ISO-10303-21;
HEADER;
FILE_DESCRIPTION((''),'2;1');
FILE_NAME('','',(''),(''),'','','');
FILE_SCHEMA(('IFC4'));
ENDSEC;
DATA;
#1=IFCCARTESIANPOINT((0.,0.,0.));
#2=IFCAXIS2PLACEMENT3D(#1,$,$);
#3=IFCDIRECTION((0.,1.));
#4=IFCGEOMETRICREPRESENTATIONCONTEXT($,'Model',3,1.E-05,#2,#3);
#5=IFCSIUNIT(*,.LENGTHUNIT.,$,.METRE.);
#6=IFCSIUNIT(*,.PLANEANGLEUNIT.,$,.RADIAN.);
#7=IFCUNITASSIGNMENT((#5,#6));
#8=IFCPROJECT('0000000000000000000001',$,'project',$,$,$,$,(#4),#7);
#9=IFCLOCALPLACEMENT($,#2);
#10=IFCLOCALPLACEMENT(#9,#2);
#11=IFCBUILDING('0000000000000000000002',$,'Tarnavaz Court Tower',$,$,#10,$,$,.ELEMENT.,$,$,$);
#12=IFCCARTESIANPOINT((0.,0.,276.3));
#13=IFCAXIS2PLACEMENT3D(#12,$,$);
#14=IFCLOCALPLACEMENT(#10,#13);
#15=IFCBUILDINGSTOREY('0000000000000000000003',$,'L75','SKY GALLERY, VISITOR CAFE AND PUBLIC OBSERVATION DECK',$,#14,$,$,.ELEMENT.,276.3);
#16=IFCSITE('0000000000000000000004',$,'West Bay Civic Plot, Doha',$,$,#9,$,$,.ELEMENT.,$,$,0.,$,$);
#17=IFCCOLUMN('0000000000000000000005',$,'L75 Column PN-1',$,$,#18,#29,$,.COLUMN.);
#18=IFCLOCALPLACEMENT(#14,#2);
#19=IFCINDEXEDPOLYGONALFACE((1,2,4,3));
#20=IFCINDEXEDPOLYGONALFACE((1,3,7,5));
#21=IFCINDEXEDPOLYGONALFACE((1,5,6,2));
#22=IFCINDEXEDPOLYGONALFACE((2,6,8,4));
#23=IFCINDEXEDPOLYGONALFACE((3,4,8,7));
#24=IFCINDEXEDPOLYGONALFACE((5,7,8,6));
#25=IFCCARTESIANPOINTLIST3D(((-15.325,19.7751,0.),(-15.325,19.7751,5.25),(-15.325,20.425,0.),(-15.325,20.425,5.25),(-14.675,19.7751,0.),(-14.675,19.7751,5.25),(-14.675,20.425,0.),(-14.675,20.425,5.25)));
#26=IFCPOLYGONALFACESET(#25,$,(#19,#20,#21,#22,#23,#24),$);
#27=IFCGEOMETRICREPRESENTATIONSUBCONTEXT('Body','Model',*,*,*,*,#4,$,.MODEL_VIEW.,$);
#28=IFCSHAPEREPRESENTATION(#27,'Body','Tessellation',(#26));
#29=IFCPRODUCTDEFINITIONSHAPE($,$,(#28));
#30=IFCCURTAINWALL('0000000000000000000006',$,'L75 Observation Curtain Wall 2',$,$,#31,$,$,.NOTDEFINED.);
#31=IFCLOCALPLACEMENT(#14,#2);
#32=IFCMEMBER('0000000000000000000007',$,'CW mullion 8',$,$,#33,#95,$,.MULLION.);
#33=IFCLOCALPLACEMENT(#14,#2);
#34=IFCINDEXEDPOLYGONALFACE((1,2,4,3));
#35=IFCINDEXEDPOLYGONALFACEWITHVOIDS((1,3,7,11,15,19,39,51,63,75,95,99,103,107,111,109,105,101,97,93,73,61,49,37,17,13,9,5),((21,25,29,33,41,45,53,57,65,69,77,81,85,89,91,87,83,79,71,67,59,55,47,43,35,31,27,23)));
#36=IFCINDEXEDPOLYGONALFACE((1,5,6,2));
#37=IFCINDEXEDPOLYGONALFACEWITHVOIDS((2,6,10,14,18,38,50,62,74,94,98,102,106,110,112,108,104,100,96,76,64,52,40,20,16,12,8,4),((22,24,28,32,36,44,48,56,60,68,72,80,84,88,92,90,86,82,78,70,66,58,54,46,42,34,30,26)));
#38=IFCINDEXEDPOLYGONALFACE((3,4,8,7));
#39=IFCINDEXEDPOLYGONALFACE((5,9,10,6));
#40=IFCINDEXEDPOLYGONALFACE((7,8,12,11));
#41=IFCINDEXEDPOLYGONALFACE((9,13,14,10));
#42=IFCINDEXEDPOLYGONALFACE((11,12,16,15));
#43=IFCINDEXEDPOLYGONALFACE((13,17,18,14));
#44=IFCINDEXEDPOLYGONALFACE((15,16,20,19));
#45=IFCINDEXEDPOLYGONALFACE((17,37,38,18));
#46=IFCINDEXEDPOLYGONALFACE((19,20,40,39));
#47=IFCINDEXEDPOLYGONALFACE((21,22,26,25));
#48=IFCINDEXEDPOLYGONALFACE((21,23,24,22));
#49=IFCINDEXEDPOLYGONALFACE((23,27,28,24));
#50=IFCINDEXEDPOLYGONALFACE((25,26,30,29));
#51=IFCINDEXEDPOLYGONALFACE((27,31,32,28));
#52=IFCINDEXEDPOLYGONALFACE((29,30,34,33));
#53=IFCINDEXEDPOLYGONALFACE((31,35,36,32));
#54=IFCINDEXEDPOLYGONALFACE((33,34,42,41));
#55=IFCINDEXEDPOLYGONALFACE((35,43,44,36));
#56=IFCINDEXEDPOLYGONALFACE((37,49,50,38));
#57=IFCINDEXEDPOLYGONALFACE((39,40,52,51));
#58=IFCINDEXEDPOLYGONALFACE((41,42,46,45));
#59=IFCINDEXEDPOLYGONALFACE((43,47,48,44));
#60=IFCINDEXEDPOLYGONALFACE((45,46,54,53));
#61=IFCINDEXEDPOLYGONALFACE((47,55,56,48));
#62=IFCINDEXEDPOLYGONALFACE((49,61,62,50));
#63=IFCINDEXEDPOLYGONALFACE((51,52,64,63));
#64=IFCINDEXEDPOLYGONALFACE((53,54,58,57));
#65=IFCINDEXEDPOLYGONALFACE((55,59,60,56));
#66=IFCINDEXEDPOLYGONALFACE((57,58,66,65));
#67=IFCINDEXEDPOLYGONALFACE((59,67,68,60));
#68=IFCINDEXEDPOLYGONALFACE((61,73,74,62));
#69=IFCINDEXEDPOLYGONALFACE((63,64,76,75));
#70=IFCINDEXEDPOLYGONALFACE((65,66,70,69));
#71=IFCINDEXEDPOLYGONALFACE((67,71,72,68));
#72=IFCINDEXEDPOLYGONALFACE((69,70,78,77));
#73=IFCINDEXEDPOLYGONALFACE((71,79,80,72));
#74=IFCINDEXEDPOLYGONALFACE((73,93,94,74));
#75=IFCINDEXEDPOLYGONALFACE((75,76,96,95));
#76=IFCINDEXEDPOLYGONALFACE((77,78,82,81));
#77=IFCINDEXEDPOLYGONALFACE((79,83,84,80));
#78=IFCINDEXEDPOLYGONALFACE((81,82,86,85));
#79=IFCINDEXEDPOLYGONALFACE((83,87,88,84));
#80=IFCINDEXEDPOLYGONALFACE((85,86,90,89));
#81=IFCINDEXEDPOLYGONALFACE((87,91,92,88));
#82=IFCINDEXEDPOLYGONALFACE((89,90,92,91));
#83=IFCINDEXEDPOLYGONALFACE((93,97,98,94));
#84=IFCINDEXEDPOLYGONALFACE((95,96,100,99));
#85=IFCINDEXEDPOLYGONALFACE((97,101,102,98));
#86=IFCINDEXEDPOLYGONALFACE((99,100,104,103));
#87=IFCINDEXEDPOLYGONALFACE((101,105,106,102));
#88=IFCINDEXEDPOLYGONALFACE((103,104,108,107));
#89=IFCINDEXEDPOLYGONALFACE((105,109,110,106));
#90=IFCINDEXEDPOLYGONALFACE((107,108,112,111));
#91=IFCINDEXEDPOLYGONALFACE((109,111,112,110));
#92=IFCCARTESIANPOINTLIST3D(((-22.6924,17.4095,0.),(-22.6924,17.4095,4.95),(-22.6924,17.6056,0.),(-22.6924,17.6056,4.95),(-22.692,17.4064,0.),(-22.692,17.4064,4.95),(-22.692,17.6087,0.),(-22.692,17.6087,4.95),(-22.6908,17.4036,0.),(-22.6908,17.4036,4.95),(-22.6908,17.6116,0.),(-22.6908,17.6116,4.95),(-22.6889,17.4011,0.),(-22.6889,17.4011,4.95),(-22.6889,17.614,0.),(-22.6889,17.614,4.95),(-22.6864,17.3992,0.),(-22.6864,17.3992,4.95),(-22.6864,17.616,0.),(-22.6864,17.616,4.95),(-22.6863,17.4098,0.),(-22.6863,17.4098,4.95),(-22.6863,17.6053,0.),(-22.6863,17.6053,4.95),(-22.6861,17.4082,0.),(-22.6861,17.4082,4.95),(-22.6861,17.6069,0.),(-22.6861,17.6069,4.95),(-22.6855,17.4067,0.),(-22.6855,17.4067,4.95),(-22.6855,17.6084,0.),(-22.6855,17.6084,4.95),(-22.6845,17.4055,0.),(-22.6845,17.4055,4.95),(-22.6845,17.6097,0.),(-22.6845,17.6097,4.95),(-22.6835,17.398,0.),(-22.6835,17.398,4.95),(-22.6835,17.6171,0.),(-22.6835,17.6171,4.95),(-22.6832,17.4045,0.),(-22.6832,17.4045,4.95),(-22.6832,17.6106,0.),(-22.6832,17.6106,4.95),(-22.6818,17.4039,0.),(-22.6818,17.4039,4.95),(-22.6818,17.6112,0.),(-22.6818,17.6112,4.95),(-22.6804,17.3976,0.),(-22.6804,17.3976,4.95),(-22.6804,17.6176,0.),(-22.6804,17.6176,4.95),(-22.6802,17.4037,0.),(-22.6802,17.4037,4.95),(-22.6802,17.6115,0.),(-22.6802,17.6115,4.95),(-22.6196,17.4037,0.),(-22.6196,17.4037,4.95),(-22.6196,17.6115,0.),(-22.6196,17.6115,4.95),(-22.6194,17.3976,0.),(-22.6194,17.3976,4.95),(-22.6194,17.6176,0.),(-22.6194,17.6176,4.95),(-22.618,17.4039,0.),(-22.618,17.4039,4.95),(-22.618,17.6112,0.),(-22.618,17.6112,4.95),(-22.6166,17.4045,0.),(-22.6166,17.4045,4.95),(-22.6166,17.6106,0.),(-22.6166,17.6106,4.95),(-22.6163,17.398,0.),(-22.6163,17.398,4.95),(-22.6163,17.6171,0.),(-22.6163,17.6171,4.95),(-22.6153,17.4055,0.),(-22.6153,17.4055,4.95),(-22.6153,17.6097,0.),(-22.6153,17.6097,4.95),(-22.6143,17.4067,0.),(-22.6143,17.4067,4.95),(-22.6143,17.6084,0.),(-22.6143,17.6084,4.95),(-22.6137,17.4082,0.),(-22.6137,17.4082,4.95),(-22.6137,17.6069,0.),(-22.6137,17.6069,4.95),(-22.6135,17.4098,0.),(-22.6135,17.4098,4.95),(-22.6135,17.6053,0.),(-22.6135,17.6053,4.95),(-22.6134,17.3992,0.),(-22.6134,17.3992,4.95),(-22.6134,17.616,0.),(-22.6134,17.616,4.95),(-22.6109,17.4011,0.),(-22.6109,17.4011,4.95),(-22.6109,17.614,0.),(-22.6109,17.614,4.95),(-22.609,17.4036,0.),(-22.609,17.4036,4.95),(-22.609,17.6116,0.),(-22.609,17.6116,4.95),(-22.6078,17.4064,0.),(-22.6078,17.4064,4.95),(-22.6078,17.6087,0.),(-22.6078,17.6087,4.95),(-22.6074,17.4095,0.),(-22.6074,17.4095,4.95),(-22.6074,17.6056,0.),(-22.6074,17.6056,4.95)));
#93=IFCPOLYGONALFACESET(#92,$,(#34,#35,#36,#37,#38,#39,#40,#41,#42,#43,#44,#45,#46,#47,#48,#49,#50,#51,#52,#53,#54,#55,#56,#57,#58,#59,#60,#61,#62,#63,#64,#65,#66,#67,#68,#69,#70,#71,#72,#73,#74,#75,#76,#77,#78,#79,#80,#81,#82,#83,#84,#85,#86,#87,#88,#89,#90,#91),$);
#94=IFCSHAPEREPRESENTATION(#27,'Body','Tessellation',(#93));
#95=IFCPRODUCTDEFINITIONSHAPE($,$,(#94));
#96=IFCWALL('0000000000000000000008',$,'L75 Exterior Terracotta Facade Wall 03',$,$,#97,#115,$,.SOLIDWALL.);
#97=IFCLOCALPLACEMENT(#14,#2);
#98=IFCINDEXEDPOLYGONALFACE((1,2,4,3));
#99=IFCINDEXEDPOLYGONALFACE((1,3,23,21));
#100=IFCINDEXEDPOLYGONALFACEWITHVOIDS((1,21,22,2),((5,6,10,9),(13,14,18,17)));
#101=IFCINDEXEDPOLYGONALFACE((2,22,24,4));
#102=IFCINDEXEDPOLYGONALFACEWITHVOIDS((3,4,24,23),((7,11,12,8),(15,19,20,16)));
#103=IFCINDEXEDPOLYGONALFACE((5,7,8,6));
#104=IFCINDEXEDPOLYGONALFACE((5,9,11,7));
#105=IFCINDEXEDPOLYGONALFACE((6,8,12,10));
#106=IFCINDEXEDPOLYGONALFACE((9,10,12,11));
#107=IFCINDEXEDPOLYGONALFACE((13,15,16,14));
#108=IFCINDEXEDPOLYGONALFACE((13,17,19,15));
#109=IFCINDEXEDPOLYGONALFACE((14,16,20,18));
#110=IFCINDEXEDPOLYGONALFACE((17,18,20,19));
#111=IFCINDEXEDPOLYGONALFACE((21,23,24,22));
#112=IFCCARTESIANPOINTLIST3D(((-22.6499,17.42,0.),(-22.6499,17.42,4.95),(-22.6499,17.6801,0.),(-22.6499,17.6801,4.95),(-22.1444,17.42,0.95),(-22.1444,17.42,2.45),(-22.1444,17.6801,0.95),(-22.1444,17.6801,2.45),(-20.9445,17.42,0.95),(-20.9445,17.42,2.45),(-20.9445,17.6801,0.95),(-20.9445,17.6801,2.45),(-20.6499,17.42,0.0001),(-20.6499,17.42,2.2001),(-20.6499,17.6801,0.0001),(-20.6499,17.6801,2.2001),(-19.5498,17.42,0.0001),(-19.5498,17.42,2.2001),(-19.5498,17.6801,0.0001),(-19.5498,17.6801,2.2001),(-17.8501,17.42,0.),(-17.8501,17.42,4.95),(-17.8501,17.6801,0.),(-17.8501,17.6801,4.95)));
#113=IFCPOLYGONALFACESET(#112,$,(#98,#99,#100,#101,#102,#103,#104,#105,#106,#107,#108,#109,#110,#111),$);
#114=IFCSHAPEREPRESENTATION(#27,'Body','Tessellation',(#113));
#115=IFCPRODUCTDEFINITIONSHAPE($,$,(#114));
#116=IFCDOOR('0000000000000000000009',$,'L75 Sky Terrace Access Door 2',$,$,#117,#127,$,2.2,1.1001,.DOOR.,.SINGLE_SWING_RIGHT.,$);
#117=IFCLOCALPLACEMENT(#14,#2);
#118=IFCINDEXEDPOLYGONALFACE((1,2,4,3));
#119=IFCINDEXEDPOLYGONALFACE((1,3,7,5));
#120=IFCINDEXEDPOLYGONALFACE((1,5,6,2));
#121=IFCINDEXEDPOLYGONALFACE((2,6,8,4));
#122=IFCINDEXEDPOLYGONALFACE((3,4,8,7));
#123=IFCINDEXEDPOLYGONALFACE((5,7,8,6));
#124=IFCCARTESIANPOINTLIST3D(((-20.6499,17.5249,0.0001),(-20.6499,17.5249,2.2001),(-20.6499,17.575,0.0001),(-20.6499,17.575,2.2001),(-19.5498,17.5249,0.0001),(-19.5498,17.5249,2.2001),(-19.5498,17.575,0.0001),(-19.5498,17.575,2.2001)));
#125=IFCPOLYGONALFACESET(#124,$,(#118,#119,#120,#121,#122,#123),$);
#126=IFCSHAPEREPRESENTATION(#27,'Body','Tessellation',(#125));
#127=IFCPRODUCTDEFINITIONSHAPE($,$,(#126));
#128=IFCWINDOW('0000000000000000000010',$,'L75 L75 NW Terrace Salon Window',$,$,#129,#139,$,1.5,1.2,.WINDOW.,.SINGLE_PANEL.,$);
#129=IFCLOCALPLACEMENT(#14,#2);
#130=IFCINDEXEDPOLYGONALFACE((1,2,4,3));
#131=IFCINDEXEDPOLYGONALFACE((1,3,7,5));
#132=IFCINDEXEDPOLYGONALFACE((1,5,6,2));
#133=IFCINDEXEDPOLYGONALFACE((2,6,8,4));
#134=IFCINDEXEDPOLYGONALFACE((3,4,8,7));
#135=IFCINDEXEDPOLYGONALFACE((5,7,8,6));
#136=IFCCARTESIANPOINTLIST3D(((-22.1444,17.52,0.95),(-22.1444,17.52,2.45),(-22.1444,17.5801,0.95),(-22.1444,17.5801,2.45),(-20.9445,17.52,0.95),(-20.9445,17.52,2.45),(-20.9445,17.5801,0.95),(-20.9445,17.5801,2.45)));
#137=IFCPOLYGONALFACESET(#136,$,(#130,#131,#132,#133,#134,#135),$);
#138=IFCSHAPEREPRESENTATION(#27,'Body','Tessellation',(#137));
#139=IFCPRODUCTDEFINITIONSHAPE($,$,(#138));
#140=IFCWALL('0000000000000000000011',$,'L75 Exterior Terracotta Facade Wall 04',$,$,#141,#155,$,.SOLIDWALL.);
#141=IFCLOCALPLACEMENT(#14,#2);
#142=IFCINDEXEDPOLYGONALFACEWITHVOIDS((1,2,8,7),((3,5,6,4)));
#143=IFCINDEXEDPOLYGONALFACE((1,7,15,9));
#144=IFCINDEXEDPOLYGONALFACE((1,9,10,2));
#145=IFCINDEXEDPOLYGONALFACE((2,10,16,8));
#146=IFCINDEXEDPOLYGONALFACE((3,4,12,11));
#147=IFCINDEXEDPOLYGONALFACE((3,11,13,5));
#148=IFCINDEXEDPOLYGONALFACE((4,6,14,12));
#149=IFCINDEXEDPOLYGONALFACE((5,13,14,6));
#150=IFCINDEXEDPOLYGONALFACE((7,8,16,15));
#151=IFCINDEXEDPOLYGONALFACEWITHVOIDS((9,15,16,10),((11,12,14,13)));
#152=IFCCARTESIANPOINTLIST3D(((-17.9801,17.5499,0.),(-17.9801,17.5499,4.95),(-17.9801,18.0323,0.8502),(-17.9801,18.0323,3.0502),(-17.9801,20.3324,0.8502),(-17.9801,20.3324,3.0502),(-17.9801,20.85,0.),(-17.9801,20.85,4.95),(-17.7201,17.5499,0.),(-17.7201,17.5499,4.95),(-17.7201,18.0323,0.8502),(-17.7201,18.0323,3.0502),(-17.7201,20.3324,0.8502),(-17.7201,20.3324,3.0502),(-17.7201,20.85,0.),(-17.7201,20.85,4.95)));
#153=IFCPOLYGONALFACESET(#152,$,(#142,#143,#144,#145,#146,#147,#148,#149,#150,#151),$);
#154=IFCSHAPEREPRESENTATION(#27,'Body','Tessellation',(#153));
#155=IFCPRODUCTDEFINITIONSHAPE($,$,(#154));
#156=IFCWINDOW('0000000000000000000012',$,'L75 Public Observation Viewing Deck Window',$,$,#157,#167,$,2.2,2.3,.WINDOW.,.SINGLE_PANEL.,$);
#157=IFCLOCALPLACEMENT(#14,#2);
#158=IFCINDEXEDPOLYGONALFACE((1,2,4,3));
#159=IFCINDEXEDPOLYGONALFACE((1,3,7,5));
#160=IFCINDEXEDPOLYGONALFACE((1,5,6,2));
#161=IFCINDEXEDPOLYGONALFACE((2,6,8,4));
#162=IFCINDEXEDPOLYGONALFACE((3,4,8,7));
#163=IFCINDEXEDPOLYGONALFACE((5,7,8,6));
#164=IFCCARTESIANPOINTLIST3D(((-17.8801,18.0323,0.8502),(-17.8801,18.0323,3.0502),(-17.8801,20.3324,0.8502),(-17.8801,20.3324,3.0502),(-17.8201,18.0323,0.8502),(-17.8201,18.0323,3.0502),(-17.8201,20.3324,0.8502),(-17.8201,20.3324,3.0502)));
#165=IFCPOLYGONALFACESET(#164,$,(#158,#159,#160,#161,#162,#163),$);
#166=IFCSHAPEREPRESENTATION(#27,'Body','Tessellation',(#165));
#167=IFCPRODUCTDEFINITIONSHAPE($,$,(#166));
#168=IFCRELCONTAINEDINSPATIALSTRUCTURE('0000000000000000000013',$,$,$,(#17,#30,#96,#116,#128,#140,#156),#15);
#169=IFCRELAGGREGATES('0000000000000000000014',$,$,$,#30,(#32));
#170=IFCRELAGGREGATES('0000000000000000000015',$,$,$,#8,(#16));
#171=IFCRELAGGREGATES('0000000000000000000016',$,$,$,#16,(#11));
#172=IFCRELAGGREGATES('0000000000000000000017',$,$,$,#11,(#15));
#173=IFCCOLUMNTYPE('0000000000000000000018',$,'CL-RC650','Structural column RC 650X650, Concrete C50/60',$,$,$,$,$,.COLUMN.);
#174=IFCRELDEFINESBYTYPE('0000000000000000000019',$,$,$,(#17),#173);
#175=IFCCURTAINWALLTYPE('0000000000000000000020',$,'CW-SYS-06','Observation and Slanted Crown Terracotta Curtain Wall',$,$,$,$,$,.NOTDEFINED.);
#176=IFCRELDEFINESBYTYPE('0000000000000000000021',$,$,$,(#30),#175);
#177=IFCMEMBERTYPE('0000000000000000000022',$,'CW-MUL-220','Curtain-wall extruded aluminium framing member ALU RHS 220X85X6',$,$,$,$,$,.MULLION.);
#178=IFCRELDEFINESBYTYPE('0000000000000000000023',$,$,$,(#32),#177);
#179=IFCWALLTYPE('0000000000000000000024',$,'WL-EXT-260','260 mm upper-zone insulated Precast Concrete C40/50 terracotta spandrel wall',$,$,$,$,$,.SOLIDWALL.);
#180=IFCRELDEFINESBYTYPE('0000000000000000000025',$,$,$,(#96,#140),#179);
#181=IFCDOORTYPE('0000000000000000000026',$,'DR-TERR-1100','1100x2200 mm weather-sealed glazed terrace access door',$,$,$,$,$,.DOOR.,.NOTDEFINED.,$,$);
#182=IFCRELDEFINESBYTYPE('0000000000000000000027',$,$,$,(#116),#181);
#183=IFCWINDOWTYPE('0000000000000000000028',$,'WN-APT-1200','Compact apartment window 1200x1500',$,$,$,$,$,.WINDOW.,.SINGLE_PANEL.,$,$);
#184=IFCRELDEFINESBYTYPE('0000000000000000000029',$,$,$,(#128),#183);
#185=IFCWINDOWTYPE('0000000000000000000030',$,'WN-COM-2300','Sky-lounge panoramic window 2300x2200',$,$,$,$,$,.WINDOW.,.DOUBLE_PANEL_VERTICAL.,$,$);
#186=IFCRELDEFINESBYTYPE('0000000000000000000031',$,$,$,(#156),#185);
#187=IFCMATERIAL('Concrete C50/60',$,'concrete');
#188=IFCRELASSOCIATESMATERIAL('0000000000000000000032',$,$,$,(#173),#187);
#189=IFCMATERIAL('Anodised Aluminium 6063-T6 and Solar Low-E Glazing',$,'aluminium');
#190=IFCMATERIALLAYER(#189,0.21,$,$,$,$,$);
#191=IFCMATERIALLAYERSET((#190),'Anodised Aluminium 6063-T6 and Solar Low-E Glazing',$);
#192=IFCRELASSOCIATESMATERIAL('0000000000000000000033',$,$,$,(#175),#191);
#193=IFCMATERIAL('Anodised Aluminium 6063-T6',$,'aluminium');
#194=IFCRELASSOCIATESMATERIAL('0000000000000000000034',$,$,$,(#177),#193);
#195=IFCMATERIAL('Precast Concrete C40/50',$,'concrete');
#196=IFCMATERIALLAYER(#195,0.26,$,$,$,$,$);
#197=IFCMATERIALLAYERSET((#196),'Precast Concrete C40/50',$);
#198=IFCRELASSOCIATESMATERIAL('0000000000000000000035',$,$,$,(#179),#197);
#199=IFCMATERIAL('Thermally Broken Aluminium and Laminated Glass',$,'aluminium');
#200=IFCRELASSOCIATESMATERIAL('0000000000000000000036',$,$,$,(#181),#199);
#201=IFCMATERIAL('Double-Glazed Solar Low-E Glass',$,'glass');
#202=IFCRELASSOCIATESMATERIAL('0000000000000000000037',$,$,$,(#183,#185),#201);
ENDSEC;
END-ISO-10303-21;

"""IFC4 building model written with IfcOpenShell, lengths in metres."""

from ifc_helpers import new_model, si_unit, direction, frame, frame_2d, origin, origin_2d, place, context, subcontext, project, spatial, rectangle, hollow_rectangle, extrude, material, layer, layer_set, material_profile, profile_set, type_object, element, fill, aggregate, save


model = new_model("IFC4")

# Units and contexts
model_context = context("Model", 3, precision=1e-05, world=origin(), true_north=direction((0.0, 1.0)))
body_context = subcontext(model_context, "Body", "Model", "MODEL_VIEW")
ifc_project = project(units=[si_unit("LENGTHUNIT", "METRE"), si_unit("PLANEANGLEUNIT", "RADIAN")], contexts=[model_context])

# Site, building, storey
site_placement = place(None, origin())
site = spatial("IfcSite", under=ifc_project, at=site_placement, Name="West Bay Civic Plot, Doha", CompositionType="ELEMENT", RefElevation=0.0)
building_placement = place(site_placement, origin())
building = spatial("IfcBuilding", under=site, at=building_placement, Name="Tarnavaz Court Tower", CompositionType="ELEMENT")
storey_placement = place(building_placement, frame((0.0, 0.0, 276.3)))
storey = spatial("IfcBuildingStorey", under=building, at=storey_placement, Name="L75", Description="SKY GALLERY, VISITOR CAFE AND PUBLIC OBSERVATION DECK", CompositionType="ELEMENT", Elevation=276.3)

# Column
ifc_material_1 = material(Name="Concrete C50/60", Category="concrete")
ifc_material_profile_1 = material_profile(ifc_material_1, rectangle(XDim=0.6499, YDim=0.6499, at=origin_2d()), Name="RC 650X650")
ifc_profile_set_1 = profile_set([ifc_material_profile_1], Name="Concrete C50/60")
column_type = type_object("IfcColumnType", Name="CL-RC650", Description="Structural column RC 650X650, Concrete C50/60", PredefinedType="COLUMN", material=ifc_profile_set_1)
column_placement = place(storey_placement, frame((-15.0, 20.1001, 0.0), z_axis=(0.0, 0.0, 1.0), x_axis=(1.0, 0.0, 0.0)))
element("IfcColumn", 1, at=column_placement, inside=storey, type_object=column_type, Name="L75 Column PN-1", PredefinedType="COLUMN", context=body_context, shape_type="SweptSolid", body=[
    extrude(rectangle(XDim=0.6499, YDim=0.6499, at=origin_2d()), origin(), (0.0, 0.0, 1.0), 5.25),
])

# Curtain wall, member
ifc_material_2 = material(Name="Anodised Aluminium 6063-T6 and Solar Low-E Glazing", Category="aluminium")
ifc_layer_1 = layer(ifc_material_2, 0.21)
ifc_layer_set_1 = layer_set([ifc_layer_1], Name="Anodised Aluminium 6063-T6 and Solar Low-E Glazing")
curtain_wall_type = type_object("IfcCurtainWallType", Name="CW-SYS-06", Description="Observation and Slanted Crown Terracotta Curtain Wall", PredefinedType="NOTDEFINED", material=ifc_layer_set_1)
curtain_wall_placement = place(storey_placement, origin())
curtain_wall = element("IfcCurtainWall", 2, at=curtain_wall_placement, inside=storey, type_object=curtain_wall_type, Name="L75 Observation Curtain Wall 2", PredefinedType="NOTDEFINED")
ifc_material_3 = material(Name="Anodised Aluminium 6063-T6", Category="aluminium")
ifc_material_profile_2 = material_profile(ifc_material_3, hollow_rectangle(XDim=0.085, YDim=0.22, WallThickness=0.0061, InnerFilletRadius=0.0061, OuterFilletRadius=0.012, at=origin_2d()), Name="ALU RHS 220X85X6")
ifc_profile_set_2 = profile_set([ifc_material_profile_2], Name="Anodised Aluminium 6063-T6")
member_type = type_object("IfcMemberType", Name="CW-MUL-220", Description="Curtain-wall extruded aluminium framing member ALU RHS 220X85X6", PredefinedType="MULLION", material=ifc_profile_set_2)
member_placement = place(storey_placement, frame((-22.6499, 17.5076, 0.0), z_axis=(0.0, 0.0, 1.0), x_axis=(-1.0, 0.0, 0.0)))
member = element("IfcMember", 3, at=member_placement, type_object=member_type, Name="CW mullion 8", PredefinedType="MULLION", context=body_context, shape_type="SweptSolid", body=[
    extrude(hollow_rectangle(XDim=0.085, YDim=0.22, WallThickness=0.0061, InnerFilletRadius=0.0061, OuterFilletRadius=0.012, at=origin_2d()), origin(), (0.0, 0.0, 1.0), 4.95),
])
aggregate(curtain_wall, [member])

# Wall, openings, door, window
ifc_material_4 = material(Name="Precast Concrete C40/50", Category="concrete")
ifc_layer_2 = layer(ifc_material_4, 0.26)
ifc_layer_set_2 = layer_set([ifc_layer_2], Name="Precast Concrete C40/50")
wall_type = type_object("IfcWallType", Name="WL-EXT-260", Description="260 mm upper-zone insulated Precast Concrete C40/50 terracotta spandrel wall", PredefinedType="SOLIDWALL", material=ifc_layer_set_2)
wall_1_placement = place(storey_placement, frame((-22.6499, 17.55, 0.0), z_axis=(0.0, 0.0, 1.0), x_axis=(1.0, 0.0, 0.0)))
wall_1 = element("IfcWall", 4, at=wall_1_placement, inside=storey, type_object=wall_type, Name="L75 Exterior Terracotta Facade Wall 03", PredefinedType="SOLIDWALL", context=body_context, shape_type="SweptSolid", body=[
    extrude(rectangle(XDim=4.7998, YDim=0.26, at=frame_2d((2.3999, 0.0))), origin(), (0.0, 0.0, 1.0), 4.95),
])
opening_1_placement = place(wall_1_placement, frame((2.0, 0.0, 0.0)))
opening_1 = element("IfcOpeningElement", 5, at=opening_1_placement, cuts=wall_1, PredefinedType="OPENING", context=body_context, shape_type="SweptSolid", body=[
    extrude(rectangle(XDim=1.1001, YDim=2.2, at=frame_2d((0.55, 1.1001))), frame((0.0, 0.1399, 0.0), z_axis=(0.0, -1.0, 0.0), x_axis=(1.0, 0.0, 0.0)), (0.0, 0.0, 1.0), 0.28),
])
opening_2_placement = place(wall_1_placement, frame((0.5054, 0.0, 0.95)))
opening_2 = element("IfcOpeningElement", 6, at=opening_2_placement, cuts=wall_1, PredefinedType="OPENING", context=body_context, shape_type="SweptSolid", body=[
    extrude(rectangle(XDim=1.2, YDim=1.5, at=frame_2d((0.6001, 0.75))), frame((0.0, 0.1399, 0.0), z_axis=(0.0, -1.0, 0.0), x_axis=(1.0, 0.0, 0.0)), (0.0, 0.0, 1.0), 0.28),
])
ifc_material_5 = material(Name="Thermally Broken Aluminium and Laminated Glass", Category="aluminium")
door_type = type_object("IfcDoorType", Name="DR-TERR-1100", Description="1100x2200 mm weather-sealed glazed terrace access door", OperationType="NOTDEFINED", PredefinedType="DOOR", material=ifc_material_5)
door_placement = place(opening_1_placement, origin())
door = element("IfcDoor", 7, at=door_placement, inside=storey, type_object=door_type, Name="L75 Sky Terrace Access Door 2", OperationType="SINGLE_SWING_RIGHT", OverallHeight=2.2, OverallWidth=1.1001, PredefinedType="DOOR", context=body_context, shape_type="SweptSolid", body=[
    extrude(rectangle(XDim=1.1001, YDim=2.2, at=frame_2d((0.55, 1.1001))), frame((0.0, 0.0249, 0.0), z_axis=(0.0, -1.0, 0.0), x_axis=(1.0, 0.0, 0.0)), (0.0, 0.0, 1.0), 0.05),
])
fill(opening_1, door)
ifc_material_6 = material(Name="Double-Glazed Solar Low-E Glass", Category="glass")
window_type_1 = type_object("IfcWindowType", Name="WN-APT-1200", Description="Compact apartment window 1200x1500", PartitioningType="SINGLE_PANEL", PredefinedType="WINDOW", material=ifc_material_6)
window_1_placement = place(opening_2_placement, origin())
window_1 = element("IfcWindow", 8, at=window_1_placement, inside=storey, type_object=window_type_1, Name="L75 L75 NW Terrace Salon Window", OverallHeight=1.5, OverallWidth=1.2, PartitioningType="SINGLE_PANEL", PredefinedType="WINDOW", context=body_context, shape_type="SweptSolid", body=[
    extrude(rectangle(XDim=1.2, YDim=1.5, at=frame_2d((0.6001, 0.75))), frame((0.0, 0.03, 0.0), z_axis=(0.0, -1.0, 0.0), x_axis=(1.0, 0.0, 0.0)), (0.0, 0.0, 1.0), 0.0601),
])
fill(opening_2, window_1)

# Wall, opening, window
wall_2_placement = place(storey_placement, frame((-17.8501, 17.55, 0.0), z_axis=(0.0, 0.0, 1.0), x_axis=(0.0, 1.0, 0.0)))
wall_2 = element("IfcWall", 9, at=wall_2_placement, inside=storey, type_object=wall_type, Name="L75 Exterior Terracotta Facade Wall 04", PredefinedType="SOLIDWALL", context=body_context, shape_type="SweptSolid", body=[
    extrude(rectangle(XDim=3.3, YDim=0.26, at=frame_2d((1.6499, 0.0))), origin(), (0.0, 0.0, 1.0), 4.95),
])
opening_3_placement = place(wall_2_placement, frame((0.4824, 0.0, 0.8501)))
opening_3 = element("IfcOpeningElement", 10, at=opening_3_placement, cuts=wall_2, PredefinedType="OPENING", context=body_context, shape_type="SweptSolid", body=[
    extrude(rectangle(XDim=2.3, YDim=2.2, at=frame_2d((1.1499, 1.1001))), frame((0.0, 0.1399, 0.0), z_axis=(0.0, -1.0, 0.0), x_axis=(1.0, 0.0, 0.0)), (0.0, 0.0, 1.0), 0.28),
])
window_type_2 = type_object("IfcWindowType", Name="WN-COM-2300", Description="Sky-lounge panoramic window 2300x2200", PartitioningType="DOUBLE_PANEL_VERTICAL", PredefinedType="WINDOW", material=ifc_material_6)
window_2_placement = place(opening_3_placement, origin())
window_2 = element("IfcWindow", 11, at=window_2_placement, inside=storey, type_object=window_type_2, Name="L75 Public Observation Viewing Deck Window", OverallHeight=2.2, OverallWidth=2.3, PartitioningType="SINGLE_PANEL", PredefinedType="WINDOW", context=body_context, shape_type="SweptSolid", body=[
    extrude(rectangle(XDim=2.3, YDim=2.2, at=frame_2d((1.1499, 1.1001))), frame((0.0, 0.03, 0.0), z_axis=(0.0, -1.0, 0.0), x_axis=(1.0, 0.0, 0.0)), (0.0, 0.0, 1.0), 0.0601),
])
fill(opening_3, window_2)

save(model, "model.ifc")
